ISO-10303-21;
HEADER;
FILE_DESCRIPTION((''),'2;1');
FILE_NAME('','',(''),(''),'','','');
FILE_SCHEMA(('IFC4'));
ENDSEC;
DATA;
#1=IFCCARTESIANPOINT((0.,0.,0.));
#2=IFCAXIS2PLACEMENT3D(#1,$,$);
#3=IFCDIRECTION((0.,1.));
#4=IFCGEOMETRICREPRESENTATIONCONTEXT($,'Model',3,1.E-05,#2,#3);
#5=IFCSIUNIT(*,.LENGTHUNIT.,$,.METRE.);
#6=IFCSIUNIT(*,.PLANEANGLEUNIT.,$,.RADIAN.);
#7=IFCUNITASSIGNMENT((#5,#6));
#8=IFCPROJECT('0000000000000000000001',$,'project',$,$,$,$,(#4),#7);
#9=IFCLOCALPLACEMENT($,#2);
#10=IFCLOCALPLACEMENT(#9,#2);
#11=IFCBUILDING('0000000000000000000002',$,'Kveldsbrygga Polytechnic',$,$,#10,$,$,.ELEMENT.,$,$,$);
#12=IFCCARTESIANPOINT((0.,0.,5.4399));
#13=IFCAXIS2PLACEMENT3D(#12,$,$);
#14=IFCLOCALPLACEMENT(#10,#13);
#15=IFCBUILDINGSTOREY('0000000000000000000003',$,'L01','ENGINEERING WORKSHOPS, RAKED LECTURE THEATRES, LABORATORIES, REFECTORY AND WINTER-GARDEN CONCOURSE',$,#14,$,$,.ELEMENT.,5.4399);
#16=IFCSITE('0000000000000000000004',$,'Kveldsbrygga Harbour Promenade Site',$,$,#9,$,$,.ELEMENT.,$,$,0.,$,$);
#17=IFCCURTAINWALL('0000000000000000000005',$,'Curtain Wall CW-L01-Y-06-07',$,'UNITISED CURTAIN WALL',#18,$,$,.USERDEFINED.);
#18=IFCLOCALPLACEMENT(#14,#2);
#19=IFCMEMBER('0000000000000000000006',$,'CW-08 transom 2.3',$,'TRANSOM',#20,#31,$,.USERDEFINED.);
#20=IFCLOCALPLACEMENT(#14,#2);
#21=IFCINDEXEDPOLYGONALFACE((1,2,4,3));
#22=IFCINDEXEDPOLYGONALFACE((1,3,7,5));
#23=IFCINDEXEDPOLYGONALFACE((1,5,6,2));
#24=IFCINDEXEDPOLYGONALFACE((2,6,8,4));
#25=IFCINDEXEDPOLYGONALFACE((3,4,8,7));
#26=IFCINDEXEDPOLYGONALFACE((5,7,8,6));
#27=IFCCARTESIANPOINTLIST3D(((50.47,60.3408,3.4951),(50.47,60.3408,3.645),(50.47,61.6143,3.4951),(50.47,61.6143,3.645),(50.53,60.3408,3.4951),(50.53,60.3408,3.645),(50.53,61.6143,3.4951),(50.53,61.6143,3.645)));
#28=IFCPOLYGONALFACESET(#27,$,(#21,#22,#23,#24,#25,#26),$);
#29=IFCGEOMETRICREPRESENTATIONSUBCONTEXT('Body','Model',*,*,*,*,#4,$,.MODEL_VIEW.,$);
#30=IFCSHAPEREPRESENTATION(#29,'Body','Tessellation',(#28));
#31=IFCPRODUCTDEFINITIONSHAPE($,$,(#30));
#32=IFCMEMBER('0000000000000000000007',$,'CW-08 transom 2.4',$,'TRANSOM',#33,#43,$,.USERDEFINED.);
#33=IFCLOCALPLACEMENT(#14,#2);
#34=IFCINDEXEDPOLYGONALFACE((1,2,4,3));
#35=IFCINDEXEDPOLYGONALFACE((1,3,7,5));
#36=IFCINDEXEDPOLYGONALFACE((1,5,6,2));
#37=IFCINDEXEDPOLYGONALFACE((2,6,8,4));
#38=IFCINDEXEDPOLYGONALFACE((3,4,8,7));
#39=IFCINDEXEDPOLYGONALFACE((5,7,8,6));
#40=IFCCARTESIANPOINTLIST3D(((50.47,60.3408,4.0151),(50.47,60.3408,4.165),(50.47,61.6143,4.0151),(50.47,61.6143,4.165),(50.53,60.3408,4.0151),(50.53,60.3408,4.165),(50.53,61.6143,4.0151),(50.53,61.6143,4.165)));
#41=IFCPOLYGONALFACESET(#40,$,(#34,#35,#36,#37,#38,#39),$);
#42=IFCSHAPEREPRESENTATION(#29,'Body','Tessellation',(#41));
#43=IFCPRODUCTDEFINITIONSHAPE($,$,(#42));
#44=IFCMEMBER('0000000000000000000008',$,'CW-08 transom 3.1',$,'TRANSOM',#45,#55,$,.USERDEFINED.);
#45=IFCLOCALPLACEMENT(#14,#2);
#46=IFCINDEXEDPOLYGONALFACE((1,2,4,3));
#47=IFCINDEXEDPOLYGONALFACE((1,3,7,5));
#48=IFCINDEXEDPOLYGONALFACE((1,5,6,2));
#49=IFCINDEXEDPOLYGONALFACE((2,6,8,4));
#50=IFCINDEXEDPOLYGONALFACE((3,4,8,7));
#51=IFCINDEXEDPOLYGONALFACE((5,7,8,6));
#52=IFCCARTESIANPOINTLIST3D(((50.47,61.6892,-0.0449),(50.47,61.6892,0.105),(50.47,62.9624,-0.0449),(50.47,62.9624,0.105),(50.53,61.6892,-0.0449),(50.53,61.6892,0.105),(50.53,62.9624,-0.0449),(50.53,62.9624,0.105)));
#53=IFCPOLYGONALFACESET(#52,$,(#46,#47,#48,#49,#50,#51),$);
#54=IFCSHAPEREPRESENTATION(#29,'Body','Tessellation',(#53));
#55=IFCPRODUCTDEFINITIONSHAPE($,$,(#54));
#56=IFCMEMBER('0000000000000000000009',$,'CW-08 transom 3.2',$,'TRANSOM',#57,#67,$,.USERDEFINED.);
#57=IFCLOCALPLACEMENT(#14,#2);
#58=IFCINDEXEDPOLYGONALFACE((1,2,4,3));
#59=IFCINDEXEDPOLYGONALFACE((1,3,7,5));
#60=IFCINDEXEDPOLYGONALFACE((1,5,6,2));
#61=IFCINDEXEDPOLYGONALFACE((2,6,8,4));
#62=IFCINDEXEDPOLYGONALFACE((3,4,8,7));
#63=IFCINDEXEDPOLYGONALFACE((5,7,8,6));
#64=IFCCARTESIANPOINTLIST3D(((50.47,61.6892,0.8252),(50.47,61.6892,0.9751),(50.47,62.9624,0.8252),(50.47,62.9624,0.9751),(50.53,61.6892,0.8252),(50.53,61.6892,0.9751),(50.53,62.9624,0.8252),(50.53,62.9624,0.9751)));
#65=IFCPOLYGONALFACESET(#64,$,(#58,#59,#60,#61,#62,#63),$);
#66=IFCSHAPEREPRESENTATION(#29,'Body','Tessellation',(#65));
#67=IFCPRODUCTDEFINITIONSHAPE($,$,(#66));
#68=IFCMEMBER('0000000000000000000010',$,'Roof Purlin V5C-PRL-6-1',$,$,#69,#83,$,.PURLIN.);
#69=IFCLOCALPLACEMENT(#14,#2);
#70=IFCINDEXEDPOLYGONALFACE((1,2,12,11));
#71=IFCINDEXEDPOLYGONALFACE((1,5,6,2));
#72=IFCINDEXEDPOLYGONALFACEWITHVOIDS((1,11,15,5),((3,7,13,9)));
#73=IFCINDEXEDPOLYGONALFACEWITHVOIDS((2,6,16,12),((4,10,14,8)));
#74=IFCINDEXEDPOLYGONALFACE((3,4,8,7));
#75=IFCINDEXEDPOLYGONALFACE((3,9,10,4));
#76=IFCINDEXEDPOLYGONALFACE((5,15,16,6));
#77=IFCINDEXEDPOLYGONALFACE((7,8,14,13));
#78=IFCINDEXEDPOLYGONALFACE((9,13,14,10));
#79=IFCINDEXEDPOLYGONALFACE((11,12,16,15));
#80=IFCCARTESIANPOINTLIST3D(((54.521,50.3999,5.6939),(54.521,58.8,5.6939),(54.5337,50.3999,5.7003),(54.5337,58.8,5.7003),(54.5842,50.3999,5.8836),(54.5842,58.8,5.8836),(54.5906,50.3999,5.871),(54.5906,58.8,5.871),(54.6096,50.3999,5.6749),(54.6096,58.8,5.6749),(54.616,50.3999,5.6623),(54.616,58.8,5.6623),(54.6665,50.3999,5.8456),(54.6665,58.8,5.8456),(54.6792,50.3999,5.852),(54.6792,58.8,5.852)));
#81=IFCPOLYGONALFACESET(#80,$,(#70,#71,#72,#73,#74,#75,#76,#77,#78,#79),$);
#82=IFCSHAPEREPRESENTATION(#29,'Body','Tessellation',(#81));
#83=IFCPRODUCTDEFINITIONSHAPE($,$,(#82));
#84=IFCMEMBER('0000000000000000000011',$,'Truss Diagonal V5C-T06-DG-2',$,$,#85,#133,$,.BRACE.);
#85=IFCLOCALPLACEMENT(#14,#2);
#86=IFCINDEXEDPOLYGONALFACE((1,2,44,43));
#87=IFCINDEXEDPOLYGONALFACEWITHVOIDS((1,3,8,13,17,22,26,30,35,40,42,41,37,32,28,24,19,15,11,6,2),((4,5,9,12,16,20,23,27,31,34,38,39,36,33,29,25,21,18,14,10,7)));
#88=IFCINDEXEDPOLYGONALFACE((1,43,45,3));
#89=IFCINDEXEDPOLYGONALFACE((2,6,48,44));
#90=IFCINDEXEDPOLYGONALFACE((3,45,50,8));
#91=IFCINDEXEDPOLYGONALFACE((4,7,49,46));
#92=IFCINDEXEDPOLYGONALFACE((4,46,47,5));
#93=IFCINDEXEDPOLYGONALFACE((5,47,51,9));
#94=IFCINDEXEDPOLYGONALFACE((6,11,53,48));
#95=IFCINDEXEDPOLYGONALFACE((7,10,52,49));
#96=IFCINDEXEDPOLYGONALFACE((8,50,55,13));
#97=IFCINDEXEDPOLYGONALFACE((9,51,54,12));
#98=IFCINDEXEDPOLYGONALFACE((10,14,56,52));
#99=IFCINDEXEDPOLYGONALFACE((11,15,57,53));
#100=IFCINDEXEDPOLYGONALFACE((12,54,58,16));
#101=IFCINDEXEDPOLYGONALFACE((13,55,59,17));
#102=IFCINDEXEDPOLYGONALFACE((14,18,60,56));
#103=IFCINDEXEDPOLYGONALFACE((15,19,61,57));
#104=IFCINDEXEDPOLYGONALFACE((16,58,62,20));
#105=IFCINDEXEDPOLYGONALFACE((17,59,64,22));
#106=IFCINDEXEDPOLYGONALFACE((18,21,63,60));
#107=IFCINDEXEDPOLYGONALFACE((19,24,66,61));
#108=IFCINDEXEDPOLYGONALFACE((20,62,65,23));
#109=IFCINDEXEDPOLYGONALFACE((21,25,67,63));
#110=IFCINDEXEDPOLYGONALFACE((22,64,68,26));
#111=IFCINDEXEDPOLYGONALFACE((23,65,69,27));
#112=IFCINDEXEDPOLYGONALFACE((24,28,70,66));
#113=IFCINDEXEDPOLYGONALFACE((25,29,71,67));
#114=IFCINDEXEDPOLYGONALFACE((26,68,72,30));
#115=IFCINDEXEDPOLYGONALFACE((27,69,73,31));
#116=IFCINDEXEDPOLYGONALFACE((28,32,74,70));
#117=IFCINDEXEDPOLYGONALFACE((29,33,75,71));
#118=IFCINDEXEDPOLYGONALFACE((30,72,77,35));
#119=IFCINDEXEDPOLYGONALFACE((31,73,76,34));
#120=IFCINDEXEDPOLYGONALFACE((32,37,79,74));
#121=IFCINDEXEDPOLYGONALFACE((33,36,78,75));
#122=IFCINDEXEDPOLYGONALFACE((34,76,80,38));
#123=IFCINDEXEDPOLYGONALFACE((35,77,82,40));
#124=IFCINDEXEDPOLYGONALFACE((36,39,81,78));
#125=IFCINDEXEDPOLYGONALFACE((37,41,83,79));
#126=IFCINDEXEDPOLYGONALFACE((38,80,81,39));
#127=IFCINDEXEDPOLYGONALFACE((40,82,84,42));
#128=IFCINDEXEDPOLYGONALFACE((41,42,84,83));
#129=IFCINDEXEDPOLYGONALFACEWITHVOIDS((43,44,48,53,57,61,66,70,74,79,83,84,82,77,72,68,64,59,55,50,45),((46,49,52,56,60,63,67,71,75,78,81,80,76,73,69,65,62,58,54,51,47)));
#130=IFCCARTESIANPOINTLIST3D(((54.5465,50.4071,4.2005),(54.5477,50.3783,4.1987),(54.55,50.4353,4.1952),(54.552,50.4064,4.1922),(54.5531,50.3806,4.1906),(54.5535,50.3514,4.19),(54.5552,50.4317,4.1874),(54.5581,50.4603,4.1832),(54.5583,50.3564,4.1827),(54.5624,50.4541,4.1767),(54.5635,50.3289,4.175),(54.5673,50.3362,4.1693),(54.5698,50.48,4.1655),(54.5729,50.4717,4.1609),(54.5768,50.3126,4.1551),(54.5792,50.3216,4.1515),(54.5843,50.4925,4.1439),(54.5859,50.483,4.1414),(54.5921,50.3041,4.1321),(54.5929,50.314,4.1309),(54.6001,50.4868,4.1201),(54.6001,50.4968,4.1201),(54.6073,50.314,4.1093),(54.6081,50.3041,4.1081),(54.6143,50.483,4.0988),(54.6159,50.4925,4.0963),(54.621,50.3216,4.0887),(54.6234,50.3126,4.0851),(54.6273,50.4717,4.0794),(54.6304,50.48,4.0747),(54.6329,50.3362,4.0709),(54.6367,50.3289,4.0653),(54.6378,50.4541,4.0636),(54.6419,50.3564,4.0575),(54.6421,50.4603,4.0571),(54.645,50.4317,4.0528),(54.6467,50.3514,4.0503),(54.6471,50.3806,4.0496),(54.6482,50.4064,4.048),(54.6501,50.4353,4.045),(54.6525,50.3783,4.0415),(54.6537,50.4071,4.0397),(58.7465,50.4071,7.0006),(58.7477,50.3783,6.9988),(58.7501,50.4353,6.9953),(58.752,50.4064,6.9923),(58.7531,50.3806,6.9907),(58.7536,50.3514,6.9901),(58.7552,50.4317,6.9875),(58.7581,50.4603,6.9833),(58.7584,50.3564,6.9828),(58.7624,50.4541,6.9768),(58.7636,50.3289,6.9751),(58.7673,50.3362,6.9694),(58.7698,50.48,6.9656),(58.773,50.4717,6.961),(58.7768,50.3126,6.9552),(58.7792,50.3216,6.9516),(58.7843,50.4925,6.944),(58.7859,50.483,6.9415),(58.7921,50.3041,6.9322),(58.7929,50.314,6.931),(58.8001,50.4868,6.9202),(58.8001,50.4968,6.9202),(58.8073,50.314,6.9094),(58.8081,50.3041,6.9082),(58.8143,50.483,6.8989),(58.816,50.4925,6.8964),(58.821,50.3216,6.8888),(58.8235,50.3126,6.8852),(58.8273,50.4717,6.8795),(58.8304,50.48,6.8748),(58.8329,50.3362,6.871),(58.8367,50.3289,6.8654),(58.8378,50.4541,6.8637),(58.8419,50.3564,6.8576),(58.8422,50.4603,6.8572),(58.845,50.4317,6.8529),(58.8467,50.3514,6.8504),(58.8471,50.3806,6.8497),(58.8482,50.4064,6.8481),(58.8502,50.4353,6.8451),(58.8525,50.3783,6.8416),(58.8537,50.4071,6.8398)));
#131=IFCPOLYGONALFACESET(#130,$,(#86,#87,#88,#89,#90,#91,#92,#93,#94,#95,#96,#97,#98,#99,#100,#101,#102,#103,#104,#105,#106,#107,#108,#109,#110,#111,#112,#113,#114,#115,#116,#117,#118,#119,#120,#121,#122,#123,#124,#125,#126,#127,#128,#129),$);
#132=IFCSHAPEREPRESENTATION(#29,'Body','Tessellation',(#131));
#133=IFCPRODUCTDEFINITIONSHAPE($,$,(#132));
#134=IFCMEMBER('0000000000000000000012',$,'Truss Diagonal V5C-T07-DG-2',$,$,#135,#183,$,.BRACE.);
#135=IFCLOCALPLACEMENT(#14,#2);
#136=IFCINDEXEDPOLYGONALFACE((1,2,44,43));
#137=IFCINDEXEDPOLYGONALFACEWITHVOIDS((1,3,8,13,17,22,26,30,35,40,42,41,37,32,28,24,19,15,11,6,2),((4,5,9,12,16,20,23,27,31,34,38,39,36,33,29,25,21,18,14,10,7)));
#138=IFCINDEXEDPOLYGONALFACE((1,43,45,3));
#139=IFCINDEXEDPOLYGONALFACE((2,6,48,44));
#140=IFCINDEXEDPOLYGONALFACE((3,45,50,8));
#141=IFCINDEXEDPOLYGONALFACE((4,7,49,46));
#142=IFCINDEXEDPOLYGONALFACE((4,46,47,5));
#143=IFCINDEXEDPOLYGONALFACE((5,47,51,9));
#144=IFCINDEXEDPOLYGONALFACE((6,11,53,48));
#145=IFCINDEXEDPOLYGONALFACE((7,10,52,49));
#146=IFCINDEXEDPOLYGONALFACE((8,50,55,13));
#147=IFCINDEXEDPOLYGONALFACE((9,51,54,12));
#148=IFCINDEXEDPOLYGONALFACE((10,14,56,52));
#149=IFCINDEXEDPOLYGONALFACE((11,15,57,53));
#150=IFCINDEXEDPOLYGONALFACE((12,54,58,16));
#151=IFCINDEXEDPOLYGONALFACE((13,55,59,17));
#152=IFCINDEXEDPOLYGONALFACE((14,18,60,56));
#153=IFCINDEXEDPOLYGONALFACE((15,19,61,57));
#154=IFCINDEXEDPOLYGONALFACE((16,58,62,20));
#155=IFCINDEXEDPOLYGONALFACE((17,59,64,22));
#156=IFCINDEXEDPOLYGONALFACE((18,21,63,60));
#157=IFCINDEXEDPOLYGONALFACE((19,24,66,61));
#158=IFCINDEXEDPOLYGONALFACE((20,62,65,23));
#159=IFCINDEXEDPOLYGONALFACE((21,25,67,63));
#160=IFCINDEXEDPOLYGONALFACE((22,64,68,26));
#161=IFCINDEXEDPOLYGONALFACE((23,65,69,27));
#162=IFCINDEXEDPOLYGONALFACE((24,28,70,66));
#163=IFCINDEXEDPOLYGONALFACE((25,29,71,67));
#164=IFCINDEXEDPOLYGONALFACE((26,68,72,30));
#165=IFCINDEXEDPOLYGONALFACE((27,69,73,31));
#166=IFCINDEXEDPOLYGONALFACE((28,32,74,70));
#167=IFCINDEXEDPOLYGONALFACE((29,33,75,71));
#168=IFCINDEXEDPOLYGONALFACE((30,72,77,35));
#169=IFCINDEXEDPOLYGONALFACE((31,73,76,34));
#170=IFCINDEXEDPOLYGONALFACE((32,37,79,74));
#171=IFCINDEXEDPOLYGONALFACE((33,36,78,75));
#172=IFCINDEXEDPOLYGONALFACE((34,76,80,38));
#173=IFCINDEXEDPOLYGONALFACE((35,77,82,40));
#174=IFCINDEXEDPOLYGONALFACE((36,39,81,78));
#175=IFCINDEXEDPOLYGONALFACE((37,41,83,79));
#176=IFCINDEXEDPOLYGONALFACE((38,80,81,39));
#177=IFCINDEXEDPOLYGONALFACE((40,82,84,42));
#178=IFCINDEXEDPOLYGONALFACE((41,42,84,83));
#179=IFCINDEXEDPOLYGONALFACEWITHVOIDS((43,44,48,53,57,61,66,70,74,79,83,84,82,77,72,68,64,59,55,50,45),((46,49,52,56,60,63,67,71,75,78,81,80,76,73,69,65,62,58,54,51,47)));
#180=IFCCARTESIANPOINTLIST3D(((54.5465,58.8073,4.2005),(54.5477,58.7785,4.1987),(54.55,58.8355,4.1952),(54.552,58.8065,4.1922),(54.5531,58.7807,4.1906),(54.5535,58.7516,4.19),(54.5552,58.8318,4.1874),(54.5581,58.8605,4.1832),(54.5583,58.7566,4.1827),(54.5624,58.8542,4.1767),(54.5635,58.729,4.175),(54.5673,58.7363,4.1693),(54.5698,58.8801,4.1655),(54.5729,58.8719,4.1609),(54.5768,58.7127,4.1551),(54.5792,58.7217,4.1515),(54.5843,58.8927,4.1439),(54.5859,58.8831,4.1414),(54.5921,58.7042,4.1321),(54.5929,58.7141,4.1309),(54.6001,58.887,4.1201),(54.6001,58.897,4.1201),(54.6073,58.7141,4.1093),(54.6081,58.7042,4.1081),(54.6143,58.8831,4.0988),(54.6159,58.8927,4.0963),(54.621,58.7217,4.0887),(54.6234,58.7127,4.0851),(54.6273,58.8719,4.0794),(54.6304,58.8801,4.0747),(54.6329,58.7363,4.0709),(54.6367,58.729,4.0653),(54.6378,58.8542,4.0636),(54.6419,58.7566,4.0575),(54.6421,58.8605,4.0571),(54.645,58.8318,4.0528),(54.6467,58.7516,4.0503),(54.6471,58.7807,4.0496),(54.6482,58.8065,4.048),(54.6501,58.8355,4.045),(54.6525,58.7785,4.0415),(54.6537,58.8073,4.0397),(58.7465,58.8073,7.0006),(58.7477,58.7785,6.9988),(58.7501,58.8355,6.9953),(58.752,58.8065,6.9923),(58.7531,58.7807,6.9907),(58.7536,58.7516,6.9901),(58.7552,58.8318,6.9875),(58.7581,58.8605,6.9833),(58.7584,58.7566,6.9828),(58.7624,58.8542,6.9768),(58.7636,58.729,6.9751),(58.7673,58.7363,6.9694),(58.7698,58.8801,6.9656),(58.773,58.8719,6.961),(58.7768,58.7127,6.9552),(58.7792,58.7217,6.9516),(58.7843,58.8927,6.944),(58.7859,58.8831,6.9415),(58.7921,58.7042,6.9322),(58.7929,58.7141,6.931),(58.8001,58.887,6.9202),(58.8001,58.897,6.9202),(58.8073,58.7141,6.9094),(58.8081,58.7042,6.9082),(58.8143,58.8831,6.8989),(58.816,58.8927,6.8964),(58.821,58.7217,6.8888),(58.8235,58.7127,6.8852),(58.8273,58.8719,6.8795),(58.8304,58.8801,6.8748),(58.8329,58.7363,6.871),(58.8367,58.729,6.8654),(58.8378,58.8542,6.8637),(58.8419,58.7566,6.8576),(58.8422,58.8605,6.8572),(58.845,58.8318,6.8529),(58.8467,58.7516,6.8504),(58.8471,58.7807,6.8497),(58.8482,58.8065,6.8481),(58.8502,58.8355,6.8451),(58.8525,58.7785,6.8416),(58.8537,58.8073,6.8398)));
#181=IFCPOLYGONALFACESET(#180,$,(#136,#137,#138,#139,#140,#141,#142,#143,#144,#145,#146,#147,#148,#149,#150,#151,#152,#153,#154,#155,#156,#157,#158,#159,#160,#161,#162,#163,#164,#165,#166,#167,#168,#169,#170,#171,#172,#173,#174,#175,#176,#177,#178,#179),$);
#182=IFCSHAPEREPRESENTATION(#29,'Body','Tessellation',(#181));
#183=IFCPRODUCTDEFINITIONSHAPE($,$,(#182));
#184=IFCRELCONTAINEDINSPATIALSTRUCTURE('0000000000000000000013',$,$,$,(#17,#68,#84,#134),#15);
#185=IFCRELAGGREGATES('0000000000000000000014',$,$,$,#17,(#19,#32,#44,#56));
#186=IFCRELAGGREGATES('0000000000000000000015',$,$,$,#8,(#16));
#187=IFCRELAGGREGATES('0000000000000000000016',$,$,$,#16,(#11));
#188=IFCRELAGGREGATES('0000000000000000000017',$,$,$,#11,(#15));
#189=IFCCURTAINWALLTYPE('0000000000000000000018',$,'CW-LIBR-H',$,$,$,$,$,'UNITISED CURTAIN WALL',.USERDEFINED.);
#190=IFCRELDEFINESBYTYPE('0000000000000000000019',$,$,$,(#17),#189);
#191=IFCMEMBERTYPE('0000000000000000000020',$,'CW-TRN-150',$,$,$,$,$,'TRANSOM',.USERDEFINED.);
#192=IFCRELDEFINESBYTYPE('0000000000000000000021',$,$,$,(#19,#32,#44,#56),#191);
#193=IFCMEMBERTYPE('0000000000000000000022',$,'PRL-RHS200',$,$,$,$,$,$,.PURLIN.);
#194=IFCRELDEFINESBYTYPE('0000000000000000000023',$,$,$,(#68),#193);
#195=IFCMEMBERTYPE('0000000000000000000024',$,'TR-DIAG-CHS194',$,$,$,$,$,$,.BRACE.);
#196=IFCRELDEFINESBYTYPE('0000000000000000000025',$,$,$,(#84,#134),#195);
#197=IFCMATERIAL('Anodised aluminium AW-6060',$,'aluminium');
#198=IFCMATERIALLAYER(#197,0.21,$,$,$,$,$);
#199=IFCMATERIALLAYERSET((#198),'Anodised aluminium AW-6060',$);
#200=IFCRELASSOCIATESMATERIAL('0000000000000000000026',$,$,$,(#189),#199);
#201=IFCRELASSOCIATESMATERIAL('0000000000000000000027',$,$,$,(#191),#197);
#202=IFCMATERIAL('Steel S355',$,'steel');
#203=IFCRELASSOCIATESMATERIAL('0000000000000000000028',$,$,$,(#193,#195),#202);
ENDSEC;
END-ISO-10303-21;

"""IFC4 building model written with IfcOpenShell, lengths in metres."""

from ifc_helpers import new_model, si_unit, direction, frame, origin, origin_2d, place, context, subcontext, project, spatial, rectangle, hollow_rectangle, hollow_circle, extrude, material, layer, layer_set, material_profile, profile_set, type_object, element, aggregate, save


model = new_model("IFC4")

# Units and contexts
model_context = context("Model", 3, precision=1e-05, world=origin(), true_north=direction((0.0, 1.0)))
body_context = subcontext(model_context, "Body", "Model", "MODEL_VIEW")
ifc_project = project(units=[si_unit("LENGTHUNIT", "METRE"), si_unit("PLANEANGLEUNIT", "RADIAN")], contexts=[model_context])

# Site, building, storey
site_placement = place(None, origin())
site = spatial("IfcSite", under=ifc_project, at=site_placement, Name="Kveldsbrygga Harbour Promenade Site", CompositionType="ELEMENT", RefElevation=0.0)
building_placement = place(site_placement, origin())
building = spatial("IfcBuilding", under=site, at=building_placement, Name="Kveldsbrygga Polytechnic", CompositionType="ELEMENT")
storey_placement = place(building_placement, frame((0.0, 0.0, 5.4399)))
storey = spatial("IfcBuildingStorey", under=building, at=storey_placement, Name="L01", Description="ENGINEERING WORKSHOPS, RAKED LECTURE THEATRES, LABORATORIES, REFECTORY AND WINTER-GARDEN CONCOURSE", CompositionType="ELEMENT", Elevation=5.4399)

# Shared definitions
ifc_material_1 = material(Name="Anodised aluminium AW-6060", Category="aluminium")

# Curtain wall
ifc_layer_1 = layer(ifc_material_1, 0.21)
ifc_layer_set_1 = layer_set([ifc_layer_1], Name="Anodised aluminium AW-6060")
curtain_wall_type_1 = type_object("IfcCurtainWallType", Name="CW-LIBR-H", ElementType="UNITISED CURTAIN WALL", PredefinedType="USERDEFINED", material=ifc_layer_set_1)
curtain_wall_1_placement = place(storey_placement, origin())
curtain_wall_1 = element("IfcCurtainWall", 1, at=curtain_wall_1_placement, inside=storey, type_object=curtain_wall_type_1, Name="Curtain Wall CW-L01-Y-06-07", ObjectType="UNITISED CURTAIN WALL", PredefinedType="USERDEFINED")

# Members
ifc_material_profile_1 = material_profile(ifc_material_1, rectangle(XDim=0.0601, YDim=0.1499, at=origin_2d()), Name="ALU 60x150")
ifc_profile_set_1 = profile_set([ifc_material_profile_1], Name="Anodised aluminium AW-6060")
member_type_1 = type_object("IfcMemberType", Name="CW-TRN-150", ElementType="TRANSOM", PredefinedType="USERDEFINED", material=ifc_profile_set_1)
member_1_placement = place(storey_placement, frame((50.5, 60.3408, 3.5701), z_axis=(0.0, 1.0, 0.0), x_axis=(-1.0, 0.0, 0.0)))
member_1 = element("IfcMember", 2, at=member_1_placement, type_object=member_type_1, Name="CW-08 transom 2.3", ObjectType="TRANSOM", PredefinedType="USERDEFINED", context=body_context, shape_type="SweptSolid", body=[
    extrude(rectangle(XDim=0.0601, YDim=0.1499, at=origin_2d()), origin(), (0.0, 0.0, 1.0), 1.2734),
])
member_2_placement = place(storey_placement, frame((50.5, 60.3408, 4.0901), z_axis=(0.0, 1.0, 0.0), x_axis=(-1.0, 0.0, 0.0)))
member_2 = element("IfcMember", 3, at=member_2_placement, type_object=member_type_1, Name="CW-08 transom 2.4", ObjectType="TRANSOM", PredefinedType="USERDEFINED", context=body_context, shape_type="SweptSolid", body=[
    extrude(rectangle(XDim=0.0601, YDim=0.1499, at=origin_2d()), origin(), (0.0, 0.0, 1.0), 1.2734),
])
member_3_placement = place(storey_placement, frame((50.5, 61.6892, 0.03), z_axis=(0.0, 1.0, 0.0), x_axis=(-1.0, 0.0, 0.0)))
member_3 = element("IfcMember", 4, at=member_3_placement, type_object=member_type_1, Name="CW-08 transom 3.1", ObjectType="TRANSOM", PredefinedType="USERDEFINED", context=body_context, shape_type="SweptSolid", body=[
    extrude(rectangle(XDim=0.0601, YDim=0.1499, at=origin_2d()), origin(), (0.0, 0.0, 1.0), 1.2732),
])
member_4_placement = place(storey_placement, frame((50.5, 61.6892, 0.9001), z_axis=(0.0, 1.0, 0.0), x_axis=(-1.0, 0.0, 0.0)))
member_4 = element("IfcMember", 5, at=member_4_placement, type_object=member_type_1, Name="CW-08 transom 3.2", ObjectType="TRANSOM", PredefinedType="USERDEFINED", context=body_context, shape_type="SweptSolid", body=[
    extrude(rectangle(XDim=0.0601, YDim=0.1499, at=origin_2d()), origin(), (0.0, 0.0, 1.0), 1.2732),
])

# Members
ifc_material_2 = material(Name="Steel S355", Category="steel")
ifc_material_profile_2 = material_profile(ifc_material_2, hollow_rectangle(XDim=0.1001, YDim=0.2, WallThickness=0.01, at=origin_2d()), Name="RHS 200x100x10.0")
ifc_profile_set_2 = profile_set([ifc_material_profile_2], Name="Steel S355")
member_type_2 = type_object("IfcMemberType", Name="PRL-RHS200", PredefinedType="PURLIN", material=ifc_profile_set_2)
member_5_placement = place(storey_placement, frame((54.6001, 50.3999, 5.7729), z_axis=(0.0, 1.0, 0.0), x_axis=(-0.948684, 0.0, 0.316227)))
element("IfcMember", 6, at=member_5_placement, inside=storey, type_object=member_type_2, Name="Roof Purlin V5C-PRL-6-1", PredefinedType="PURLIN", context=body_context, shape_type="SweptSolid", body=[
    extrude(hollow_rectangle(XDim=0.1001, YDim=0.2, WallThickness=0.01, at=origin_2d()), origin(), (0.0, 0.0, 1.0), 8.4001),
])
ifc_material_profile_3 = material_profile(ifc_material_2, hollow_circle(Radius=0.0969, WallThickness=0.01, at=origin_2d()), Name="CHS 193.7x10.0")
ifc_profile_set_3 = profile_set([ifc_material_profile_3], Name="Steel S355")
member_type_3 = type_object("IfcMemberType", Name="TR-DIAG-CHS194", PredefinedType="BRACE", material=ifc_profile_set_3)
for number, where, z_axis, x_axis, name in (
    (7, (54.6001, 50.3999, 4.1201), (0.832043, 0.0, 0.554711), (0.0, 1.0, 0.0), "Truss Diagonal V5C-T06-DG-2"),
    (8, (54.6001, 58.8, 4.1201), (0.832043, 0.0, 0.554711), (0.0, 1.0, 0.0), "Truss Diagonal V5C-T07-DG-2"),
):
    element("IfcMember", number, at=place(storey_placement, frame(where, z_axis=z_axis, x_axis=x_axis)), inside=storey, type_object=member_type_3, Name=name, PredefinedType="BRACE", context=body_context, shape_type="SweptSolid", body=[
        extrude(hollow_circle(Radius=0.0969, WallThickness=0.01, at=origin_2d()), origin(), (0.0, 0.0, 1.0), 5.0479),
    ])

aggregate(curtain_wall_1, [member_1, member_2, member_3, member_4])

save(model, "model.ifc")
